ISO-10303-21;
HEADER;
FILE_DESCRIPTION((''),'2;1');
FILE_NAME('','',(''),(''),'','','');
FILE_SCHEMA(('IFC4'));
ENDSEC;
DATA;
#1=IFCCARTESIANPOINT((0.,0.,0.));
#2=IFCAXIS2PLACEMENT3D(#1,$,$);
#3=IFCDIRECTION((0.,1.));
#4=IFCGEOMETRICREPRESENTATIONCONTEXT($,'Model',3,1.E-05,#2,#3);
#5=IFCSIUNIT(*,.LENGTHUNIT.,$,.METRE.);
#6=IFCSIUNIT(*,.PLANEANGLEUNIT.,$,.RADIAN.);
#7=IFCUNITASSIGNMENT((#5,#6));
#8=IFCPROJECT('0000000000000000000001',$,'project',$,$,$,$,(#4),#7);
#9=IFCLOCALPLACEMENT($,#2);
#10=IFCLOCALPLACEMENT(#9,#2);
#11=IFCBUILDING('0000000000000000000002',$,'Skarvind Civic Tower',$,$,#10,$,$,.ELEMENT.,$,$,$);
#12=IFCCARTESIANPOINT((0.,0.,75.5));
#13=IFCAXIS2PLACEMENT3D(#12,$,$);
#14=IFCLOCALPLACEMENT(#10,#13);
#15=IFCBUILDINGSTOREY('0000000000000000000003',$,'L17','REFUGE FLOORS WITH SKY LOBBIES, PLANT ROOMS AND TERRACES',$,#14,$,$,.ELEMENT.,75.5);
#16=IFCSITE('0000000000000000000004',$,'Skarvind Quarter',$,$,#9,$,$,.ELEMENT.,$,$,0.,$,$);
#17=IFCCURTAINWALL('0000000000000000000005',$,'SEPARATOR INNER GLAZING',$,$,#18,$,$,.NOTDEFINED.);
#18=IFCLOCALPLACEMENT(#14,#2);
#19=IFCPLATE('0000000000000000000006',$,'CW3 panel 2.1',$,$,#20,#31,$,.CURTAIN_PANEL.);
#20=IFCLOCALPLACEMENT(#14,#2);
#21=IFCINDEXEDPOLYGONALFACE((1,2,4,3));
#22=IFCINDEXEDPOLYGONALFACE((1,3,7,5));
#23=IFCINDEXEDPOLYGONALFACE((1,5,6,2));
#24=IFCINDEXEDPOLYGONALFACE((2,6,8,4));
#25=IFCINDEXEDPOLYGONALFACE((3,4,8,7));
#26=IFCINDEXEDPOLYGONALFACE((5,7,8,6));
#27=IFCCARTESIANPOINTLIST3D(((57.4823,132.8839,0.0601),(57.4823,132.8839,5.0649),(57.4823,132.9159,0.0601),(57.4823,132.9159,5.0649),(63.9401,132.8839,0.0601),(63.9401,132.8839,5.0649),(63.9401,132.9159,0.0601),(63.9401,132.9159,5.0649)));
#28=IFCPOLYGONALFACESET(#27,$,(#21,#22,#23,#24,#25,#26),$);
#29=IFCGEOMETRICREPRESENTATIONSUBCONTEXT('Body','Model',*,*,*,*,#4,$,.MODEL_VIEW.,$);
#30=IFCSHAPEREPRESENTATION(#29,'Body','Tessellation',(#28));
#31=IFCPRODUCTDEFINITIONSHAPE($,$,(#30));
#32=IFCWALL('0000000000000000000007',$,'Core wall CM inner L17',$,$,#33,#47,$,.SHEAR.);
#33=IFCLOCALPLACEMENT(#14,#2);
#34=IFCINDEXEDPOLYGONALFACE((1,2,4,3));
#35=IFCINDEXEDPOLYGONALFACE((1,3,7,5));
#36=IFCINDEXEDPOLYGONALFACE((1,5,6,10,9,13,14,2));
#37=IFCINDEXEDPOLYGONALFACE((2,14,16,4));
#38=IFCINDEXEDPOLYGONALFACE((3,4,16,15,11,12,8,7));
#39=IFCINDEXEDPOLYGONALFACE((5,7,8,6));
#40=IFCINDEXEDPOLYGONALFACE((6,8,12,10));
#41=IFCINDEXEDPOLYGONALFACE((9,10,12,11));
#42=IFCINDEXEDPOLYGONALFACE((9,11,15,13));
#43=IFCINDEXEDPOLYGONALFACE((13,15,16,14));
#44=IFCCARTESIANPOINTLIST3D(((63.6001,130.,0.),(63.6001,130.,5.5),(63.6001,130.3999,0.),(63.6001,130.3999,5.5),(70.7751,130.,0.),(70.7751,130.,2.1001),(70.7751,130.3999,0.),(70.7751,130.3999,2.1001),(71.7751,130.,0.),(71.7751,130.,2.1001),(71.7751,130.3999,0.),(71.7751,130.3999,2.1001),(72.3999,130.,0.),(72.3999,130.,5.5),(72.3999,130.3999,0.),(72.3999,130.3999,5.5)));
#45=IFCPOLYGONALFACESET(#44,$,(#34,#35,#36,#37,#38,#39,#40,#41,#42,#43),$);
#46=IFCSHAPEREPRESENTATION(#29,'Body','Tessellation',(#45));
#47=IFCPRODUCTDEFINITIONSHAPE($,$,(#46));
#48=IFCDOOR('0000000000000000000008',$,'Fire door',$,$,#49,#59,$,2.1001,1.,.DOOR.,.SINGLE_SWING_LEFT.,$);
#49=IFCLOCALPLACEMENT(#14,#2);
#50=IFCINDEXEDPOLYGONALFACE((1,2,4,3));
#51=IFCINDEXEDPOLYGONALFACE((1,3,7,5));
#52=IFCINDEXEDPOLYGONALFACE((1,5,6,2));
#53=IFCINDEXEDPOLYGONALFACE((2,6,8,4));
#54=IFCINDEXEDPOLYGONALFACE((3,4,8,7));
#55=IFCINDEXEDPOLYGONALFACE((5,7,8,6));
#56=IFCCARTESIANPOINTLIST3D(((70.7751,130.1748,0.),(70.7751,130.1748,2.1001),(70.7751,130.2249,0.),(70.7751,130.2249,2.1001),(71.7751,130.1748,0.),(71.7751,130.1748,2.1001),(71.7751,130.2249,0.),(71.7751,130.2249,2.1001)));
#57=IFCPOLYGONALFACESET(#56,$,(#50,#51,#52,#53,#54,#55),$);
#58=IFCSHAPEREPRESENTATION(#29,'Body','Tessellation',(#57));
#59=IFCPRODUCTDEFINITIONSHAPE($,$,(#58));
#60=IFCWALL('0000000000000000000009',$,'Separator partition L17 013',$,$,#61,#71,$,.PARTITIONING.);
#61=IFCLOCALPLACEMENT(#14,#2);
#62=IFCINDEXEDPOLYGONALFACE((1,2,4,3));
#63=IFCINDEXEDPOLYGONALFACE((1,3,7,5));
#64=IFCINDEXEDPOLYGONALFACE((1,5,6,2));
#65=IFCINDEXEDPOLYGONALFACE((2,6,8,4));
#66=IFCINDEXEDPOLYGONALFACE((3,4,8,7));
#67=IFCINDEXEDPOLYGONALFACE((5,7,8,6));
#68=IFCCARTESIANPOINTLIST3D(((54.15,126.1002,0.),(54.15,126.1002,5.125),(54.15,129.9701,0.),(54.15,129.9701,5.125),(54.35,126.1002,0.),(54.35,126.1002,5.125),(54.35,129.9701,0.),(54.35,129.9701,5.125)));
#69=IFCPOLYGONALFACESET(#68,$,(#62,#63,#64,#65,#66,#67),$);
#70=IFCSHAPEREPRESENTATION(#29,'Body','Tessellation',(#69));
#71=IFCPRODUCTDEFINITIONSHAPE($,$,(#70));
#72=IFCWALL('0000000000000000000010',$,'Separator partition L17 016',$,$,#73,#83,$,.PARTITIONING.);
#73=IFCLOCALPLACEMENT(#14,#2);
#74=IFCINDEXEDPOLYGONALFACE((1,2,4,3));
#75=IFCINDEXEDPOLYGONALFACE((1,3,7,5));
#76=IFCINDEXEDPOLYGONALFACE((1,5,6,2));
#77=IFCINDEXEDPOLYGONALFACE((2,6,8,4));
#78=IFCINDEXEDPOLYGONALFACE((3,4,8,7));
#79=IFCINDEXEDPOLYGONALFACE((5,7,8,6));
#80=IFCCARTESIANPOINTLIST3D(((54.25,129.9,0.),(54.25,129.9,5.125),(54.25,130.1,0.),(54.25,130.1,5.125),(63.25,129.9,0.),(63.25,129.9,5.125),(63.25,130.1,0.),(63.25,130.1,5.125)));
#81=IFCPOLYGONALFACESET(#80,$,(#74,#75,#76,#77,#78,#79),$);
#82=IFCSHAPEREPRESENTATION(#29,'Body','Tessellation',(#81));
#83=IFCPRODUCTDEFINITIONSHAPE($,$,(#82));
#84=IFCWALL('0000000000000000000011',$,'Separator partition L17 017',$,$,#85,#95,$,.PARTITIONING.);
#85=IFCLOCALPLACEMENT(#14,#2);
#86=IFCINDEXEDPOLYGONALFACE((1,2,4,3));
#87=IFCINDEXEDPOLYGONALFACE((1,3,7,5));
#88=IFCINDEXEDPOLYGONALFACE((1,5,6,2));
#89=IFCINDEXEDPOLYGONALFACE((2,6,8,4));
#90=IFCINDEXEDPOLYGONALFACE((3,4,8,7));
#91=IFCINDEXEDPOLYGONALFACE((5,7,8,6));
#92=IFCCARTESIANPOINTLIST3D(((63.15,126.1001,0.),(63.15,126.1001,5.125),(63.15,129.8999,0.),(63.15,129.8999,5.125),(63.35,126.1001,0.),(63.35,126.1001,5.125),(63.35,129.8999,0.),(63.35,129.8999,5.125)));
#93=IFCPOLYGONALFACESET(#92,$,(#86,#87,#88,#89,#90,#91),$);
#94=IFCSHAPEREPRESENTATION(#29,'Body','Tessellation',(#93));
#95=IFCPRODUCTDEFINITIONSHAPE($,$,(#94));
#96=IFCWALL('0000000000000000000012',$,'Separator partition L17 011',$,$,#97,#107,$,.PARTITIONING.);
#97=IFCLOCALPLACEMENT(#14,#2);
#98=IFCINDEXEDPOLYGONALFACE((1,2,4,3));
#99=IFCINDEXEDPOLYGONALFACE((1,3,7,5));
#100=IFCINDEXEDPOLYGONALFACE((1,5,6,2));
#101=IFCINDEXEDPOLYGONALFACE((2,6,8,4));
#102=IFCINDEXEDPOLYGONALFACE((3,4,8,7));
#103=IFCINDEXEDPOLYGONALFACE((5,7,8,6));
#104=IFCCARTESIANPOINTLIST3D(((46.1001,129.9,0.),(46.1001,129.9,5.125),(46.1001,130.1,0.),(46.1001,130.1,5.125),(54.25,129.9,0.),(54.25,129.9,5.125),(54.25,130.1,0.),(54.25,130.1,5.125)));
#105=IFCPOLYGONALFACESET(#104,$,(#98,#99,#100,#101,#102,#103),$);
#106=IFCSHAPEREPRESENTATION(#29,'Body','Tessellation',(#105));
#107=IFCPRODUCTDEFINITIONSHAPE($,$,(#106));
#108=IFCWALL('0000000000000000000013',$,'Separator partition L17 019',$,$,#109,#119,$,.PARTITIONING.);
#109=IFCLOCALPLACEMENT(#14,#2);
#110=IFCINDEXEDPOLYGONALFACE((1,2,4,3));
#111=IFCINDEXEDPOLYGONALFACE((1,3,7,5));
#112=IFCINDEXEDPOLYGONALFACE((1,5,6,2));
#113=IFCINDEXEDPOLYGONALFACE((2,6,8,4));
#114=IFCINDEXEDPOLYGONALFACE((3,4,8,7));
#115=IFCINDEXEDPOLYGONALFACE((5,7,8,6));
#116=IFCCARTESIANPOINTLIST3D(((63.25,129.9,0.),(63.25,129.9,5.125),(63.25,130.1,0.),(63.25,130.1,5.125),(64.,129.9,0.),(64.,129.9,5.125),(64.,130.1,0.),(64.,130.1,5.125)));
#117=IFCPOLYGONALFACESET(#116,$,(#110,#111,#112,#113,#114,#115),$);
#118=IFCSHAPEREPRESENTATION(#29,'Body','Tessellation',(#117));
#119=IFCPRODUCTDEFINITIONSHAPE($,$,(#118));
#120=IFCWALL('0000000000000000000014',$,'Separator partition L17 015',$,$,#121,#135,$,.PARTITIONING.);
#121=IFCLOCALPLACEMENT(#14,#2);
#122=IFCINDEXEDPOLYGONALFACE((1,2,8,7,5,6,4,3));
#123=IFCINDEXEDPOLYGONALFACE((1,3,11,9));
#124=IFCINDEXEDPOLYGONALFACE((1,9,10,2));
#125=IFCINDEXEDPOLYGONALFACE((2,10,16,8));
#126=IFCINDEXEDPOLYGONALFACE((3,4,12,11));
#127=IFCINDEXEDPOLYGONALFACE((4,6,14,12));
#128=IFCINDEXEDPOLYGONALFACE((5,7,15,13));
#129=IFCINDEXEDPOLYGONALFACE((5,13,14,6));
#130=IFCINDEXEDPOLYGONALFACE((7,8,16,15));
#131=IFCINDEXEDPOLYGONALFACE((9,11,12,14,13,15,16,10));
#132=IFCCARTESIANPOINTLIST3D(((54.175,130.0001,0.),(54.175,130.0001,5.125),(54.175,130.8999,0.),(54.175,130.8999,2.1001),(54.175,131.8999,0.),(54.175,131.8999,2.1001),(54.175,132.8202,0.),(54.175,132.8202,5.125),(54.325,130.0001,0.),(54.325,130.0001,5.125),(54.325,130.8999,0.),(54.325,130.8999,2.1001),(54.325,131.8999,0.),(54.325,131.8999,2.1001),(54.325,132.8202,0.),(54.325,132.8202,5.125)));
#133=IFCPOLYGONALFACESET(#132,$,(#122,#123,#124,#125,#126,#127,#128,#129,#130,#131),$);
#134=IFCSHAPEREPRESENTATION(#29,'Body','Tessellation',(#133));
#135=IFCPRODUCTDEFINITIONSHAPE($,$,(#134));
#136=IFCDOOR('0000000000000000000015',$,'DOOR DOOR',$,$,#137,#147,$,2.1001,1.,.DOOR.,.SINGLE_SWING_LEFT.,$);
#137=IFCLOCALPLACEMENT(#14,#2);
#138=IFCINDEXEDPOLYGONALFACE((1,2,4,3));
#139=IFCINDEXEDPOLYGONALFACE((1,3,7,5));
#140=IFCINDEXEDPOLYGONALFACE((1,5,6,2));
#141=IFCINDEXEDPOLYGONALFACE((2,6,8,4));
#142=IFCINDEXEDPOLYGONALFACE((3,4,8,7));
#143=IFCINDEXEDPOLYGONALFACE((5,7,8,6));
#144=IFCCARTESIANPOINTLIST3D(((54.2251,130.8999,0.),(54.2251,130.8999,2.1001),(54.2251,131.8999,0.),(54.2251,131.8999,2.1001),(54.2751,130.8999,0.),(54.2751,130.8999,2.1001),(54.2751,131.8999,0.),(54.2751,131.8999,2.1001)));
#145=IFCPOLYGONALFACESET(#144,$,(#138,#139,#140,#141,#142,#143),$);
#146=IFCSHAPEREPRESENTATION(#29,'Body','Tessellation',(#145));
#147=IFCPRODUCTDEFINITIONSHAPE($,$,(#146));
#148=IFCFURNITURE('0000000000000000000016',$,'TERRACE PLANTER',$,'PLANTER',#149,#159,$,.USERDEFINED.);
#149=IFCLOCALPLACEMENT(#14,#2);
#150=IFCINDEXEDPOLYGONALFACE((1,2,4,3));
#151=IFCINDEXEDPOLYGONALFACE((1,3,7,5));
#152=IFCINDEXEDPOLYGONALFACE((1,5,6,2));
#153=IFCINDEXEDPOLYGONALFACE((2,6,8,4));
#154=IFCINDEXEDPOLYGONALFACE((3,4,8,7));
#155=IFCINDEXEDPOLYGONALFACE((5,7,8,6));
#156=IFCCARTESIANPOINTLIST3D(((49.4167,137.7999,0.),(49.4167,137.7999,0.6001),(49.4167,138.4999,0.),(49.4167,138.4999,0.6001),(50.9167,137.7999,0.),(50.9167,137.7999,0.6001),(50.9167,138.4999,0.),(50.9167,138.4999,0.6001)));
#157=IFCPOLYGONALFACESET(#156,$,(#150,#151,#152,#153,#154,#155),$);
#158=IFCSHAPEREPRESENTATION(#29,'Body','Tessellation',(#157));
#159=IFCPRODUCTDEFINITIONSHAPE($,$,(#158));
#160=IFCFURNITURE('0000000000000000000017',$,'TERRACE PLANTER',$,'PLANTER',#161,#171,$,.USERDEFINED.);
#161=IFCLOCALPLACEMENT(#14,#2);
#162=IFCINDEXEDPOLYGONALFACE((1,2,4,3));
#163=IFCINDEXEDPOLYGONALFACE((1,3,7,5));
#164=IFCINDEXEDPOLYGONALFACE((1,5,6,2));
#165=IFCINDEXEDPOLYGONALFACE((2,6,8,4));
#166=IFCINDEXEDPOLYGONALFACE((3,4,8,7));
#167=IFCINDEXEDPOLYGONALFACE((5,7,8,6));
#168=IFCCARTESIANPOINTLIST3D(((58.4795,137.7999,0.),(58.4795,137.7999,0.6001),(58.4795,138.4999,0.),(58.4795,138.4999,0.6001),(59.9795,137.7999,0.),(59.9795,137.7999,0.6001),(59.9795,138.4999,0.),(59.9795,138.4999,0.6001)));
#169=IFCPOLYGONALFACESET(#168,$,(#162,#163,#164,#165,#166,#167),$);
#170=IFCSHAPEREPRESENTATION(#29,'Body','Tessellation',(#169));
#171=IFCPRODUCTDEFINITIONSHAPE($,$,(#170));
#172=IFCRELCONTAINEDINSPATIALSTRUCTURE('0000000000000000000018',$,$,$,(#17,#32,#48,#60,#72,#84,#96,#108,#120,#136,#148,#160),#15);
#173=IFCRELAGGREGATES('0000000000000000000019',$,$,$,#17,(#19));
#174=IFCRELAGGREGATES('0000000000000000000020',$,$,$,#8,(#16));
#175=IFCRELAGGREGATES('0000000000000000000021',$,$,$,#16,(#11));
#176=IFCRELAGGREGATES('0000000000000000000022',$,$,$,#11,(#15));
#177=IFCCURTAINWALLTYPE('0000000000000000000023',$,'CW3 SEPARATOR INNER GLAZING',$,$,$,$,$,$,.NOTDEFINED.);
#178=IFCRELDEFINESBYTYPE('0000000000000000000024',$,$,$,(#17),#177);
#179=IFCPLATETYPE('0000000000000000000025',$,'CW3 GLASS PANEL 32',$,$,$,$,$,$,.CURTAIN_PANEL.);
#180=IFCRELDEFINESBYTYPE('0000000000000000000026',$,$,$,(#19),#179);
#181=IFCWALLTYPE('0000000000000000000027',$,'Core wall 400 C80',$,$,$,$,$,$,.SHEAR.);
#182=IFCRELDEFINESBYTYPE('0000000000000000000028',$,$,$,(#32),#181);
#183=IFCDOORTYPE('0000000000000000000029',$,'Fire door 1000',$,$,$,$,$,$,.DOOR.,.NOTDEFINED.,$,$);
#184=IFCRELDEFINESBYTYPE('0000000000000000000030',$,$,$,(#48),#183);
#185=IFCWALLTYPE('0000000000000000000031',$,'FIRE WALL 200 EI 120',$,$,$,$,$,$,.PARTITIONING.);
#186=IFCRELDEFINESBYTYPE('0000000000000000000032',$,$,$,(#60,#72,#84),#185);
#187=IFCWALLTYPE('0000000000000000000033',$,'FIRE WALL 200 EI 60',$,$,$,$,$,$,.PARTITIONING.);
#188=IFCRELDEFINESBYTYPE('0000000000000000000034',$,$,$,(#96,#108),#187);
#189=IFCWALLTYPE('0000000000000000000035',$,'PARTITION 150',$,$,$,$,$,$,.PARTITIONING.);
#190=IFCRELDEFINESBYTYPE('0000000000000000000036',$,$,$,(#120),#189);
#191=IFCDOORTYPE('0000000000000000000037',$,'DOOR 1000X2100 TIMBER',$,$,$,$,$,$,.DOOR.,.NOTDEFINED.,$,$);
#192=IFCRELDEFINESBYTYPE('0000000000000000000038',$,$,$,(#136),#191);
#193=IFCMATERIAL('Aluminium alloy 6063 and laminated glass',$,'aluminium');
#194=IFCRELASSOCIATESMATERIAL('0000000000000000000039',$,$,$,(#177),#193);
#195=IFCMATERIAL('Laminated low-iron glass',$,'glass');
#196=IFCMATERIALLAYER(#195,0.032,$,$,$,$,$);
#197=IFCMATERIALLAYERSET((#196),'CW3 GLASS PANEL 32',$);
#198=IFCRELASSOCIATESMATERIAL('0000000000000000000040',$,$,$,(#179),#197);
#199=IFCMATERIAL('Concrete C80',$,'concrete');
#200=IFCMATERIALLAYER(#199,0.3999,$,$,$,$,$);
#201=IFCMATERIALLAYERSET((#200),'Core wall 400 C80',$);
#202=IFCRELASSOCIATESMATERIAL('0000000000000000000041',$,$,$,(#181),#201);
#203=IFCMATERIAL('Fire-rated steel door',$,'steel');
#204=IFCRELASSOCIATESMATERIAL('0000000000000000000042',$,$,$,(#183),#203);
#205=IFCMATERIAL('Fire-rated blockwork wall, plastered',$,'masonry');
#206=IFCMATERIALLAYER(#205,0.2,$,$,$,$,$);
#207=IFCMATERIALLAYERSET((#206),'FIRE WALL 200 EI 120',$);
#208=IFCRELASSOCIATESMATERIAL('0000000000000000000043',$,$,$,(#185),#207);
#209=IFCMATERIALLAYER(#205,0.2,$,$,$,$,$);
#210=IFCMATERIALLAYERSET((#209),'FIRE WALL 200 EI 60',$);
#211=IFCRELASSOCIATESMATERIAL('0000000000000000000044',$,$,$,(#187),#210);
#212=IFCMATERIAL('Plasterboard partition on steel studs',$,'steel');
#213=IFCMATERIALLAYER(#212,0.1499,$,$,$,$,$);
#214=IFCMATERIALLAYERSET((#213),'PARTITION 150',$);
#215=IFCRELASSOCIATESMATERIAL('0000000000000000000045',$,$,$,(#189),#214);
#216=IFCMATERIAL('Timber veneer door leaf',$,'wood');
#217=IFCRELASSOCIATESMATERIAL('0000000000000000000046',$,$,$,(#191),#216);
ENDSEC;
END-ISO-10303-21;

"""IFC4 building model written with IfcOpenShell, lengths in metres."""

from ifc_helpers import new_model, si_unit, direction, frame, frame_2d, origin, origin_2d, place, context, subcontext, project, spatial, rectangle, extrude, material, layer, layer_set, type_object, element, fill, aggregate, save


model = new_model("IFC4")

# Units and contexts
model_context = context("Model", 3, precision=1e-05, world=origin(), true_north=direction((0.0, 1.0)))
body_context = subcontext(model_context, "Body", "Model", "MODEL_VIEW")
ifc_project = project(units=[si_unit("LENGTHUNIT", "METRE"), si_unit("PLANEANGLEUNIT", "RADIAN")], contexts=[model_context])

# Site, building, storey
site_placement = place(None, origin())
site = spatial("IfcSite", under=ifc_project, at=site_placement, Name="Skarvind Quarter", CompositionType="ELEMENT", RefElevation=0.0)
building_placement = place(site_placement, origin())
building = spatial("IfcBuilding", under=site, at=building_placement, Name="Skarvind Civic Tower", CompositionType="ELEMENT")
storey_placement = place(building_placement, frame((0.0, 0.0, 75.5)))
storey = spatial("IfcBuildingStorey", under=building, at=storey_placement, Name="L17", Description="REFUGE FLOORS WITH SKY LOBBIES, PLANT ROOMS AND TERRACES", CompositionType="ELEMENT", Elevation=75.5)

# Shared definitions
ifc_material_1 = material(Name="Concrete C80", Category="concrete")

# Curtain wall
ifc_material_2 = material(Name="Aluminium alloy 6063 and laminated glass", Category="aluminium")
curtain_wall_type = type_object("IfcCurtainWallType", Name="CW3 SEPARATOR INNER GLAZING", PredefinedType="NOTDEFINED", material=ifc_material_2)
curtain_wall_1_placement = place(storey_placement, origin())
curtain_wall_1 = element("IfcCurtainWall", 1, at=curtain_wall_1_placement, inside=storey, type_object=curtain_wall_type, Name="SEPARATOR INNER GLAZING", PredefinedType="NOTDEFINED")

# Plate
ifc_material_3 = material(Name="Laminated low-iron glass", Category="glass")
ifc_layer_1 = layer(ifc_material_3, 0.032)
ifc_layer_set_1 = layer_set([ifc_layer_1], Name="CW3 GLASS PANEL 32")
plate_type = type_object("IfcPlateType", Name="CW3 GLASS PANEL 32", PredefinedType="CURTAIN_PANEL", material=ifc_layer_set_1)
plate_1_placement = place(storey_placement, frame((60.7112, 132.8999, 0.0601), z_axis=(0.0, 0.0, 1.0), x_axis=(1.0, 0.0, 0.0)))
plate_1 = element("IfcPlate", 2, at=plate_1_placement, type_object=plate_type, Name="CW3 panel 2.1", PredefinedType="CURTAIN_PANEL", context=body_context, shape_type="SweptSolid", body=[
    extrude(rectangle(XDim=6.4578, YDim=0.032, at=origin_2d()), origin(), (0.0, 0.0, 1.0), 5.0049),
])
aggregate(curtain_wall_1, [plate_1])

# Wall, opening, door
ifc_layer_2 = layer(ifc_material_1, 0.3999)
ifc_layer_set_2 = layer_set([ifc_layer_2], Name="Core wall 400 C80")
wall_type_1 = type_object("IfcWallType", Name="Core wall 400 C80", PredefinedType="SHEAR", material=ifc_layer_set_2)
wall_1_placement = place(storey_placement, frame((63.6001, 130.2, 0.0), z_axis=(0.0, 0.0, 1.0), x_axis=(1.0, 0.0, 0.0)))
wall_1 = element("IfcWall", 3, at=wall_1_placement, inside=storey, type_object=wall_type_1, Name="Core wall CM inner L17", PredefinedType="SHEAR", context=body_context, shape_type="SweptSolid", body=[
    extrude(rectangle(XDim=8.7998, YDim=0.3999, at=frame_2d((4.3999, 0.0))), origin(), (0.0, 0.0, 1.0), 5.5),
])
opening_1_placement = place(wall_1_placement, frame((7.175, 0.0, 0.0)))
opening_1 = element("IfcOpeningElement", 4, at=opening_1_placement, cuts=wall_1, PredefinedType="OPENING", context=body_context, shape_type="SweptSolid", body=[
    extrude(rectangle(XDim=1.0, YDim=2.1001, at=frame_2d((0.5, 1.05))), frame((0.0, 0.21, 0.0), z_axis=(0.0, -1.0, 0.0), x_axis=(1.0, 0.0, 0.0)), (0.0, 0.0, 1.0), 0.4199),
])
ifc_material_4 = material(Name="Fire-rated steel door", Category="steel")
door_type_1 = type_object("IfcDoorType", Name="Fire door 1000", OperationType="NOTDEFINED", PredefinedType="DOOR", material=ifc_material_4)
door_1_placement = place(opening_1_placement, origin())
door_1 = element("IfcDoor", 5, at=door_1_placement, inside=storey, type_object=door_type_1, Name="Fire door", OperationType="SINGLE_SWING_LEFT", OverallHeight=2.1001, OverallWidth=1.0, PredefinedType="DOOR", context=body_context, shape_type="SweptSolid", body=[
    extrude(rectangle(XDim=1.0, YDim=2.1001, at=frame_2d((0.5, 1.05))), frame((0.0, 0.0249, 0.0), z_axis=(0.0, -1.0, 0.0), x_axis=(1.0, 0.0, 0.0)), (0.0, 0.0, 1.0), 0.05),
])
fill(opening_1, door_1)

# Walls
ifc_material_5 = material(Name="Fire-rated blockwork wall, plastered", Category="masonry")
ifc_layer_3 = layer(ifc_material_5, 0.2)
ifc_layer_set_3 = layer_set([ifc_layer_3], Name="FIRE WALL 200 EI 120")
wall_type_2 = type_object("IfcWallType", Name="FIRE WALL 200 EI 120", PredefinedType="PARTITIONING", material=ifc_layer_set_3)
wall_2_placement = place(storey_placement, frame((54.25, 126.1001, 0.0), z_axis=(0.0, 0.0, 1.0), x_axis=(0.0, 1.0, 0.0)))
element("IfcWall", 6, at=wall_2_placement, inside=storey, type_object=wall_type_2, Name="Separator partition L17 013", PredefinedType="PARTITIONING", context=body_context, shape_type="SweptSolid", body=[
    extrude(rectangle(XDim=3.8699, YDim=0.2, at=frame_2d((1.9351, 0.0))), origin(), (0.0, 0.0, 1.0), 5.125),
])
wall_3_placement = place(storey_placement, frame((54.25, 130.0, 0.0), z_axis=(0.0, 0.0, 1.0), x_axis=(1.0, 0.0, 0.0)))
element("IfcWall", 7, at=wall_3_placement, inside=storey, type_object=wall_type_2, Name="Separator partition L17 016", PredefinedType="PARTITIONING", context=body_context, shape_type="SweptSolid", body=[
    extrude(rectangle(XDim=9.0, YDim=0.2, at=frame_2d((4.5, 0.0))), origin(), (0.0, 0.0, 1.0), 5.125),
])
wall_4_placement = place(storey_placement, frame((63.25, 126.1001, 0.0), z_axis=(0.0, 0.0, 1.0), x_axis=(0.0, 1.0, 0.0)))
element("IfcWall", 8, at=wall_4_placement, inside=storey, type_object=wall_type_2, Name="Separator partition L17 017", PredefinedType="PARTITIONING", context=body_context, shape_type="SweptSolid", body=[
    extrude(rectangle(XDim=3.7998, YDim=0.2, at=frame_2d((1.8999, 0.0))), origin(), (0.0, 0.0, 1.0), 5.125),
])
ifc_layer_4 = layer(ifc_material_5, 0.2)
ifc_layer_set_4 = layer_set([ifc_layer_4], Name="FIRE WALL 200 EI 60")
wall_type_3 = type_object("IfcWallType", Name="FIRE WALL 200 EI 60", PredefinedType="PARTITIONING", material=ifc_layer_set_4)
wall_5_placement = place(storey_placement, frame((46.1001, 130.0, 0.0), z_axis=(0.0, 0.0, 1.0), x_axis=(1.0, 0.0, 0.0)))
element("IfcWall", 9, at=wall_5_placement, inside=storey, type_object=wall_type_3, Name="Separator partition L17 011", PredefinedType="PARTITIONING", context=body_context, shape_type="SweptSolid", body=[
    extrude(rectangle(XDim=8.1499, YDim=0.2, at=frame_2d((4.075, 0.0))), origin(), (0.0, 0.0, 1.0), 5.125),
])
wall_6_placement = place(storey_placement, frame((63.25, 130.0, 0.0), z_axis=(0.0, 0.0, 1.0), x_axis=(1.0, 0.0, 0.0)))
element("IfcWall", 10, at=wall_6_placement, inside=storey, type_object=wall_type_3, Name="Separator partition L17 019", PredefinedType="PARTITIONING", context=body_context, shape_type="SweptSolid", body=[
    extrude(rectangle(XDim=0.75, YDim=0.2, at=frame_2d((0.375, 0.0))), origin(), (0.0, 0.0, 1.0), 5.125),
])

# Wall, opening, door
ifc_material_6 = material(Name="Plasterboard partition on steel studs", Category="steel")
ifc_layer_5 = layer(ifc_material_6, 0.1499)
ifc_layer_set_5 = layer_set([ifc_layer_5], Name="PARTITION 150")
wall_type_4 = type_object("IfcWallType", Name="PARTITION 150", PredefinedType="PARTITIONING", material=ifc_layer_set_5)
wall_7_placement = place(storey_placement, frame((54.25, 130.0, 0.0), z_axis=(0.0, 0.0, 1.0), x_axis=(0.0, 1.0, 0.0)))
wall_7 = element("IfcWall", 11, at=wall_7_placement, inside=storey, type_object=wall_type_4, Name="Separator partition L17 015", PredefinedType="PARTITIONING", context=body_context, shape_type="SweptSolid", body=[
    extrude(rectangle(XDim=2.8201, YDim=0.1499, at=frame_2d((1.4102, 0.0))), origin(), (0.0, 0.0, 1.0), 5.125),
])
opening_2_placement = place(wall_7_placement, frame((0.8999, 0.0, 0.0)))
opening_2 = element("IfcOpeningElement", 12, at=opening_2_placement, cuts=wall_7, PredefinedType="OPENING", context=body_context, shape_type="SweptSolid", body=[
    extrude(rectangle(XDim=1.0, YDim=2.1001, at=frame_2d((0.5, 1.05))), frame((0.0, 0.085, 0.0), z_axis=(0.0, -1.0, 0.0), x_axis=(1.0, 0.0, 0.0)), (0.0, 0.0, 1.0), 0.1699),
])
ifc_material_7 = material(Name="Timber veneer door leaf", Category="wood")
door_type_2 = type_object("IfcDoorType", Name="DOOR 1000X2100 TIMBER", OperationType="NOTDEFINED", PredefinedType="DOOR", material=ifc_material_7)
door_2_placement = place(opening_2_placement, origin())
door_2 = element("IfcDoor", 13, at=door_2_placement, inside=storey, type_object=door_type_2, Name="DOOR DOOR", OperationType="SINGLE_SWING_LEFT", OverallHeight=2.1001, OverallWidth=1.0, PredefinedType="DOOR", context=body_context, shape_type="SweptSolid", body=[
    extrude(rectangle(XDim=1.0, YDim=2.1001, at=frame_2d((0.5, 1.05))), frame((0.0, 0.0249, 0.0), z_axis=(0.0, -1.0, 0.0), x_axis=(1.0, 0.0, 0.0)), (0.0, 0.0, 1.0), 0.05),
])
fill(opening_2, door_2)

# Furniture
for number, where, z_axis, x_axis, name in (
    (14, (50.1667, 138.1499, 0.0), (0.0, 0.0, 1.0), (1.0, 0.0, 0.0), "TERRACE PLANTER"),
    (15, (59.2295, 138.1499, 0.0), (0.0, 0.0, 1.0), (1.0, 0.0, 0.0), "TERRACE PLANTER"),
):
    element("IfcFurniture", number, at=place(storey_placement, frame(where, z_axis=z_axis, x_axis=x_axis)), inside=storey, Name=name, ObjectType="PLANTER", PredefinedType="USERDEFINED", context=body_context, shape_type="SweptSolid", body=[
        extrude(rectangle(XDim=1.5, YDim=0.7, at=origin_2d()), origin(), (0.0, 0.0, 1.0), 0.6001),
    ])

save(model, "model.ifc")
